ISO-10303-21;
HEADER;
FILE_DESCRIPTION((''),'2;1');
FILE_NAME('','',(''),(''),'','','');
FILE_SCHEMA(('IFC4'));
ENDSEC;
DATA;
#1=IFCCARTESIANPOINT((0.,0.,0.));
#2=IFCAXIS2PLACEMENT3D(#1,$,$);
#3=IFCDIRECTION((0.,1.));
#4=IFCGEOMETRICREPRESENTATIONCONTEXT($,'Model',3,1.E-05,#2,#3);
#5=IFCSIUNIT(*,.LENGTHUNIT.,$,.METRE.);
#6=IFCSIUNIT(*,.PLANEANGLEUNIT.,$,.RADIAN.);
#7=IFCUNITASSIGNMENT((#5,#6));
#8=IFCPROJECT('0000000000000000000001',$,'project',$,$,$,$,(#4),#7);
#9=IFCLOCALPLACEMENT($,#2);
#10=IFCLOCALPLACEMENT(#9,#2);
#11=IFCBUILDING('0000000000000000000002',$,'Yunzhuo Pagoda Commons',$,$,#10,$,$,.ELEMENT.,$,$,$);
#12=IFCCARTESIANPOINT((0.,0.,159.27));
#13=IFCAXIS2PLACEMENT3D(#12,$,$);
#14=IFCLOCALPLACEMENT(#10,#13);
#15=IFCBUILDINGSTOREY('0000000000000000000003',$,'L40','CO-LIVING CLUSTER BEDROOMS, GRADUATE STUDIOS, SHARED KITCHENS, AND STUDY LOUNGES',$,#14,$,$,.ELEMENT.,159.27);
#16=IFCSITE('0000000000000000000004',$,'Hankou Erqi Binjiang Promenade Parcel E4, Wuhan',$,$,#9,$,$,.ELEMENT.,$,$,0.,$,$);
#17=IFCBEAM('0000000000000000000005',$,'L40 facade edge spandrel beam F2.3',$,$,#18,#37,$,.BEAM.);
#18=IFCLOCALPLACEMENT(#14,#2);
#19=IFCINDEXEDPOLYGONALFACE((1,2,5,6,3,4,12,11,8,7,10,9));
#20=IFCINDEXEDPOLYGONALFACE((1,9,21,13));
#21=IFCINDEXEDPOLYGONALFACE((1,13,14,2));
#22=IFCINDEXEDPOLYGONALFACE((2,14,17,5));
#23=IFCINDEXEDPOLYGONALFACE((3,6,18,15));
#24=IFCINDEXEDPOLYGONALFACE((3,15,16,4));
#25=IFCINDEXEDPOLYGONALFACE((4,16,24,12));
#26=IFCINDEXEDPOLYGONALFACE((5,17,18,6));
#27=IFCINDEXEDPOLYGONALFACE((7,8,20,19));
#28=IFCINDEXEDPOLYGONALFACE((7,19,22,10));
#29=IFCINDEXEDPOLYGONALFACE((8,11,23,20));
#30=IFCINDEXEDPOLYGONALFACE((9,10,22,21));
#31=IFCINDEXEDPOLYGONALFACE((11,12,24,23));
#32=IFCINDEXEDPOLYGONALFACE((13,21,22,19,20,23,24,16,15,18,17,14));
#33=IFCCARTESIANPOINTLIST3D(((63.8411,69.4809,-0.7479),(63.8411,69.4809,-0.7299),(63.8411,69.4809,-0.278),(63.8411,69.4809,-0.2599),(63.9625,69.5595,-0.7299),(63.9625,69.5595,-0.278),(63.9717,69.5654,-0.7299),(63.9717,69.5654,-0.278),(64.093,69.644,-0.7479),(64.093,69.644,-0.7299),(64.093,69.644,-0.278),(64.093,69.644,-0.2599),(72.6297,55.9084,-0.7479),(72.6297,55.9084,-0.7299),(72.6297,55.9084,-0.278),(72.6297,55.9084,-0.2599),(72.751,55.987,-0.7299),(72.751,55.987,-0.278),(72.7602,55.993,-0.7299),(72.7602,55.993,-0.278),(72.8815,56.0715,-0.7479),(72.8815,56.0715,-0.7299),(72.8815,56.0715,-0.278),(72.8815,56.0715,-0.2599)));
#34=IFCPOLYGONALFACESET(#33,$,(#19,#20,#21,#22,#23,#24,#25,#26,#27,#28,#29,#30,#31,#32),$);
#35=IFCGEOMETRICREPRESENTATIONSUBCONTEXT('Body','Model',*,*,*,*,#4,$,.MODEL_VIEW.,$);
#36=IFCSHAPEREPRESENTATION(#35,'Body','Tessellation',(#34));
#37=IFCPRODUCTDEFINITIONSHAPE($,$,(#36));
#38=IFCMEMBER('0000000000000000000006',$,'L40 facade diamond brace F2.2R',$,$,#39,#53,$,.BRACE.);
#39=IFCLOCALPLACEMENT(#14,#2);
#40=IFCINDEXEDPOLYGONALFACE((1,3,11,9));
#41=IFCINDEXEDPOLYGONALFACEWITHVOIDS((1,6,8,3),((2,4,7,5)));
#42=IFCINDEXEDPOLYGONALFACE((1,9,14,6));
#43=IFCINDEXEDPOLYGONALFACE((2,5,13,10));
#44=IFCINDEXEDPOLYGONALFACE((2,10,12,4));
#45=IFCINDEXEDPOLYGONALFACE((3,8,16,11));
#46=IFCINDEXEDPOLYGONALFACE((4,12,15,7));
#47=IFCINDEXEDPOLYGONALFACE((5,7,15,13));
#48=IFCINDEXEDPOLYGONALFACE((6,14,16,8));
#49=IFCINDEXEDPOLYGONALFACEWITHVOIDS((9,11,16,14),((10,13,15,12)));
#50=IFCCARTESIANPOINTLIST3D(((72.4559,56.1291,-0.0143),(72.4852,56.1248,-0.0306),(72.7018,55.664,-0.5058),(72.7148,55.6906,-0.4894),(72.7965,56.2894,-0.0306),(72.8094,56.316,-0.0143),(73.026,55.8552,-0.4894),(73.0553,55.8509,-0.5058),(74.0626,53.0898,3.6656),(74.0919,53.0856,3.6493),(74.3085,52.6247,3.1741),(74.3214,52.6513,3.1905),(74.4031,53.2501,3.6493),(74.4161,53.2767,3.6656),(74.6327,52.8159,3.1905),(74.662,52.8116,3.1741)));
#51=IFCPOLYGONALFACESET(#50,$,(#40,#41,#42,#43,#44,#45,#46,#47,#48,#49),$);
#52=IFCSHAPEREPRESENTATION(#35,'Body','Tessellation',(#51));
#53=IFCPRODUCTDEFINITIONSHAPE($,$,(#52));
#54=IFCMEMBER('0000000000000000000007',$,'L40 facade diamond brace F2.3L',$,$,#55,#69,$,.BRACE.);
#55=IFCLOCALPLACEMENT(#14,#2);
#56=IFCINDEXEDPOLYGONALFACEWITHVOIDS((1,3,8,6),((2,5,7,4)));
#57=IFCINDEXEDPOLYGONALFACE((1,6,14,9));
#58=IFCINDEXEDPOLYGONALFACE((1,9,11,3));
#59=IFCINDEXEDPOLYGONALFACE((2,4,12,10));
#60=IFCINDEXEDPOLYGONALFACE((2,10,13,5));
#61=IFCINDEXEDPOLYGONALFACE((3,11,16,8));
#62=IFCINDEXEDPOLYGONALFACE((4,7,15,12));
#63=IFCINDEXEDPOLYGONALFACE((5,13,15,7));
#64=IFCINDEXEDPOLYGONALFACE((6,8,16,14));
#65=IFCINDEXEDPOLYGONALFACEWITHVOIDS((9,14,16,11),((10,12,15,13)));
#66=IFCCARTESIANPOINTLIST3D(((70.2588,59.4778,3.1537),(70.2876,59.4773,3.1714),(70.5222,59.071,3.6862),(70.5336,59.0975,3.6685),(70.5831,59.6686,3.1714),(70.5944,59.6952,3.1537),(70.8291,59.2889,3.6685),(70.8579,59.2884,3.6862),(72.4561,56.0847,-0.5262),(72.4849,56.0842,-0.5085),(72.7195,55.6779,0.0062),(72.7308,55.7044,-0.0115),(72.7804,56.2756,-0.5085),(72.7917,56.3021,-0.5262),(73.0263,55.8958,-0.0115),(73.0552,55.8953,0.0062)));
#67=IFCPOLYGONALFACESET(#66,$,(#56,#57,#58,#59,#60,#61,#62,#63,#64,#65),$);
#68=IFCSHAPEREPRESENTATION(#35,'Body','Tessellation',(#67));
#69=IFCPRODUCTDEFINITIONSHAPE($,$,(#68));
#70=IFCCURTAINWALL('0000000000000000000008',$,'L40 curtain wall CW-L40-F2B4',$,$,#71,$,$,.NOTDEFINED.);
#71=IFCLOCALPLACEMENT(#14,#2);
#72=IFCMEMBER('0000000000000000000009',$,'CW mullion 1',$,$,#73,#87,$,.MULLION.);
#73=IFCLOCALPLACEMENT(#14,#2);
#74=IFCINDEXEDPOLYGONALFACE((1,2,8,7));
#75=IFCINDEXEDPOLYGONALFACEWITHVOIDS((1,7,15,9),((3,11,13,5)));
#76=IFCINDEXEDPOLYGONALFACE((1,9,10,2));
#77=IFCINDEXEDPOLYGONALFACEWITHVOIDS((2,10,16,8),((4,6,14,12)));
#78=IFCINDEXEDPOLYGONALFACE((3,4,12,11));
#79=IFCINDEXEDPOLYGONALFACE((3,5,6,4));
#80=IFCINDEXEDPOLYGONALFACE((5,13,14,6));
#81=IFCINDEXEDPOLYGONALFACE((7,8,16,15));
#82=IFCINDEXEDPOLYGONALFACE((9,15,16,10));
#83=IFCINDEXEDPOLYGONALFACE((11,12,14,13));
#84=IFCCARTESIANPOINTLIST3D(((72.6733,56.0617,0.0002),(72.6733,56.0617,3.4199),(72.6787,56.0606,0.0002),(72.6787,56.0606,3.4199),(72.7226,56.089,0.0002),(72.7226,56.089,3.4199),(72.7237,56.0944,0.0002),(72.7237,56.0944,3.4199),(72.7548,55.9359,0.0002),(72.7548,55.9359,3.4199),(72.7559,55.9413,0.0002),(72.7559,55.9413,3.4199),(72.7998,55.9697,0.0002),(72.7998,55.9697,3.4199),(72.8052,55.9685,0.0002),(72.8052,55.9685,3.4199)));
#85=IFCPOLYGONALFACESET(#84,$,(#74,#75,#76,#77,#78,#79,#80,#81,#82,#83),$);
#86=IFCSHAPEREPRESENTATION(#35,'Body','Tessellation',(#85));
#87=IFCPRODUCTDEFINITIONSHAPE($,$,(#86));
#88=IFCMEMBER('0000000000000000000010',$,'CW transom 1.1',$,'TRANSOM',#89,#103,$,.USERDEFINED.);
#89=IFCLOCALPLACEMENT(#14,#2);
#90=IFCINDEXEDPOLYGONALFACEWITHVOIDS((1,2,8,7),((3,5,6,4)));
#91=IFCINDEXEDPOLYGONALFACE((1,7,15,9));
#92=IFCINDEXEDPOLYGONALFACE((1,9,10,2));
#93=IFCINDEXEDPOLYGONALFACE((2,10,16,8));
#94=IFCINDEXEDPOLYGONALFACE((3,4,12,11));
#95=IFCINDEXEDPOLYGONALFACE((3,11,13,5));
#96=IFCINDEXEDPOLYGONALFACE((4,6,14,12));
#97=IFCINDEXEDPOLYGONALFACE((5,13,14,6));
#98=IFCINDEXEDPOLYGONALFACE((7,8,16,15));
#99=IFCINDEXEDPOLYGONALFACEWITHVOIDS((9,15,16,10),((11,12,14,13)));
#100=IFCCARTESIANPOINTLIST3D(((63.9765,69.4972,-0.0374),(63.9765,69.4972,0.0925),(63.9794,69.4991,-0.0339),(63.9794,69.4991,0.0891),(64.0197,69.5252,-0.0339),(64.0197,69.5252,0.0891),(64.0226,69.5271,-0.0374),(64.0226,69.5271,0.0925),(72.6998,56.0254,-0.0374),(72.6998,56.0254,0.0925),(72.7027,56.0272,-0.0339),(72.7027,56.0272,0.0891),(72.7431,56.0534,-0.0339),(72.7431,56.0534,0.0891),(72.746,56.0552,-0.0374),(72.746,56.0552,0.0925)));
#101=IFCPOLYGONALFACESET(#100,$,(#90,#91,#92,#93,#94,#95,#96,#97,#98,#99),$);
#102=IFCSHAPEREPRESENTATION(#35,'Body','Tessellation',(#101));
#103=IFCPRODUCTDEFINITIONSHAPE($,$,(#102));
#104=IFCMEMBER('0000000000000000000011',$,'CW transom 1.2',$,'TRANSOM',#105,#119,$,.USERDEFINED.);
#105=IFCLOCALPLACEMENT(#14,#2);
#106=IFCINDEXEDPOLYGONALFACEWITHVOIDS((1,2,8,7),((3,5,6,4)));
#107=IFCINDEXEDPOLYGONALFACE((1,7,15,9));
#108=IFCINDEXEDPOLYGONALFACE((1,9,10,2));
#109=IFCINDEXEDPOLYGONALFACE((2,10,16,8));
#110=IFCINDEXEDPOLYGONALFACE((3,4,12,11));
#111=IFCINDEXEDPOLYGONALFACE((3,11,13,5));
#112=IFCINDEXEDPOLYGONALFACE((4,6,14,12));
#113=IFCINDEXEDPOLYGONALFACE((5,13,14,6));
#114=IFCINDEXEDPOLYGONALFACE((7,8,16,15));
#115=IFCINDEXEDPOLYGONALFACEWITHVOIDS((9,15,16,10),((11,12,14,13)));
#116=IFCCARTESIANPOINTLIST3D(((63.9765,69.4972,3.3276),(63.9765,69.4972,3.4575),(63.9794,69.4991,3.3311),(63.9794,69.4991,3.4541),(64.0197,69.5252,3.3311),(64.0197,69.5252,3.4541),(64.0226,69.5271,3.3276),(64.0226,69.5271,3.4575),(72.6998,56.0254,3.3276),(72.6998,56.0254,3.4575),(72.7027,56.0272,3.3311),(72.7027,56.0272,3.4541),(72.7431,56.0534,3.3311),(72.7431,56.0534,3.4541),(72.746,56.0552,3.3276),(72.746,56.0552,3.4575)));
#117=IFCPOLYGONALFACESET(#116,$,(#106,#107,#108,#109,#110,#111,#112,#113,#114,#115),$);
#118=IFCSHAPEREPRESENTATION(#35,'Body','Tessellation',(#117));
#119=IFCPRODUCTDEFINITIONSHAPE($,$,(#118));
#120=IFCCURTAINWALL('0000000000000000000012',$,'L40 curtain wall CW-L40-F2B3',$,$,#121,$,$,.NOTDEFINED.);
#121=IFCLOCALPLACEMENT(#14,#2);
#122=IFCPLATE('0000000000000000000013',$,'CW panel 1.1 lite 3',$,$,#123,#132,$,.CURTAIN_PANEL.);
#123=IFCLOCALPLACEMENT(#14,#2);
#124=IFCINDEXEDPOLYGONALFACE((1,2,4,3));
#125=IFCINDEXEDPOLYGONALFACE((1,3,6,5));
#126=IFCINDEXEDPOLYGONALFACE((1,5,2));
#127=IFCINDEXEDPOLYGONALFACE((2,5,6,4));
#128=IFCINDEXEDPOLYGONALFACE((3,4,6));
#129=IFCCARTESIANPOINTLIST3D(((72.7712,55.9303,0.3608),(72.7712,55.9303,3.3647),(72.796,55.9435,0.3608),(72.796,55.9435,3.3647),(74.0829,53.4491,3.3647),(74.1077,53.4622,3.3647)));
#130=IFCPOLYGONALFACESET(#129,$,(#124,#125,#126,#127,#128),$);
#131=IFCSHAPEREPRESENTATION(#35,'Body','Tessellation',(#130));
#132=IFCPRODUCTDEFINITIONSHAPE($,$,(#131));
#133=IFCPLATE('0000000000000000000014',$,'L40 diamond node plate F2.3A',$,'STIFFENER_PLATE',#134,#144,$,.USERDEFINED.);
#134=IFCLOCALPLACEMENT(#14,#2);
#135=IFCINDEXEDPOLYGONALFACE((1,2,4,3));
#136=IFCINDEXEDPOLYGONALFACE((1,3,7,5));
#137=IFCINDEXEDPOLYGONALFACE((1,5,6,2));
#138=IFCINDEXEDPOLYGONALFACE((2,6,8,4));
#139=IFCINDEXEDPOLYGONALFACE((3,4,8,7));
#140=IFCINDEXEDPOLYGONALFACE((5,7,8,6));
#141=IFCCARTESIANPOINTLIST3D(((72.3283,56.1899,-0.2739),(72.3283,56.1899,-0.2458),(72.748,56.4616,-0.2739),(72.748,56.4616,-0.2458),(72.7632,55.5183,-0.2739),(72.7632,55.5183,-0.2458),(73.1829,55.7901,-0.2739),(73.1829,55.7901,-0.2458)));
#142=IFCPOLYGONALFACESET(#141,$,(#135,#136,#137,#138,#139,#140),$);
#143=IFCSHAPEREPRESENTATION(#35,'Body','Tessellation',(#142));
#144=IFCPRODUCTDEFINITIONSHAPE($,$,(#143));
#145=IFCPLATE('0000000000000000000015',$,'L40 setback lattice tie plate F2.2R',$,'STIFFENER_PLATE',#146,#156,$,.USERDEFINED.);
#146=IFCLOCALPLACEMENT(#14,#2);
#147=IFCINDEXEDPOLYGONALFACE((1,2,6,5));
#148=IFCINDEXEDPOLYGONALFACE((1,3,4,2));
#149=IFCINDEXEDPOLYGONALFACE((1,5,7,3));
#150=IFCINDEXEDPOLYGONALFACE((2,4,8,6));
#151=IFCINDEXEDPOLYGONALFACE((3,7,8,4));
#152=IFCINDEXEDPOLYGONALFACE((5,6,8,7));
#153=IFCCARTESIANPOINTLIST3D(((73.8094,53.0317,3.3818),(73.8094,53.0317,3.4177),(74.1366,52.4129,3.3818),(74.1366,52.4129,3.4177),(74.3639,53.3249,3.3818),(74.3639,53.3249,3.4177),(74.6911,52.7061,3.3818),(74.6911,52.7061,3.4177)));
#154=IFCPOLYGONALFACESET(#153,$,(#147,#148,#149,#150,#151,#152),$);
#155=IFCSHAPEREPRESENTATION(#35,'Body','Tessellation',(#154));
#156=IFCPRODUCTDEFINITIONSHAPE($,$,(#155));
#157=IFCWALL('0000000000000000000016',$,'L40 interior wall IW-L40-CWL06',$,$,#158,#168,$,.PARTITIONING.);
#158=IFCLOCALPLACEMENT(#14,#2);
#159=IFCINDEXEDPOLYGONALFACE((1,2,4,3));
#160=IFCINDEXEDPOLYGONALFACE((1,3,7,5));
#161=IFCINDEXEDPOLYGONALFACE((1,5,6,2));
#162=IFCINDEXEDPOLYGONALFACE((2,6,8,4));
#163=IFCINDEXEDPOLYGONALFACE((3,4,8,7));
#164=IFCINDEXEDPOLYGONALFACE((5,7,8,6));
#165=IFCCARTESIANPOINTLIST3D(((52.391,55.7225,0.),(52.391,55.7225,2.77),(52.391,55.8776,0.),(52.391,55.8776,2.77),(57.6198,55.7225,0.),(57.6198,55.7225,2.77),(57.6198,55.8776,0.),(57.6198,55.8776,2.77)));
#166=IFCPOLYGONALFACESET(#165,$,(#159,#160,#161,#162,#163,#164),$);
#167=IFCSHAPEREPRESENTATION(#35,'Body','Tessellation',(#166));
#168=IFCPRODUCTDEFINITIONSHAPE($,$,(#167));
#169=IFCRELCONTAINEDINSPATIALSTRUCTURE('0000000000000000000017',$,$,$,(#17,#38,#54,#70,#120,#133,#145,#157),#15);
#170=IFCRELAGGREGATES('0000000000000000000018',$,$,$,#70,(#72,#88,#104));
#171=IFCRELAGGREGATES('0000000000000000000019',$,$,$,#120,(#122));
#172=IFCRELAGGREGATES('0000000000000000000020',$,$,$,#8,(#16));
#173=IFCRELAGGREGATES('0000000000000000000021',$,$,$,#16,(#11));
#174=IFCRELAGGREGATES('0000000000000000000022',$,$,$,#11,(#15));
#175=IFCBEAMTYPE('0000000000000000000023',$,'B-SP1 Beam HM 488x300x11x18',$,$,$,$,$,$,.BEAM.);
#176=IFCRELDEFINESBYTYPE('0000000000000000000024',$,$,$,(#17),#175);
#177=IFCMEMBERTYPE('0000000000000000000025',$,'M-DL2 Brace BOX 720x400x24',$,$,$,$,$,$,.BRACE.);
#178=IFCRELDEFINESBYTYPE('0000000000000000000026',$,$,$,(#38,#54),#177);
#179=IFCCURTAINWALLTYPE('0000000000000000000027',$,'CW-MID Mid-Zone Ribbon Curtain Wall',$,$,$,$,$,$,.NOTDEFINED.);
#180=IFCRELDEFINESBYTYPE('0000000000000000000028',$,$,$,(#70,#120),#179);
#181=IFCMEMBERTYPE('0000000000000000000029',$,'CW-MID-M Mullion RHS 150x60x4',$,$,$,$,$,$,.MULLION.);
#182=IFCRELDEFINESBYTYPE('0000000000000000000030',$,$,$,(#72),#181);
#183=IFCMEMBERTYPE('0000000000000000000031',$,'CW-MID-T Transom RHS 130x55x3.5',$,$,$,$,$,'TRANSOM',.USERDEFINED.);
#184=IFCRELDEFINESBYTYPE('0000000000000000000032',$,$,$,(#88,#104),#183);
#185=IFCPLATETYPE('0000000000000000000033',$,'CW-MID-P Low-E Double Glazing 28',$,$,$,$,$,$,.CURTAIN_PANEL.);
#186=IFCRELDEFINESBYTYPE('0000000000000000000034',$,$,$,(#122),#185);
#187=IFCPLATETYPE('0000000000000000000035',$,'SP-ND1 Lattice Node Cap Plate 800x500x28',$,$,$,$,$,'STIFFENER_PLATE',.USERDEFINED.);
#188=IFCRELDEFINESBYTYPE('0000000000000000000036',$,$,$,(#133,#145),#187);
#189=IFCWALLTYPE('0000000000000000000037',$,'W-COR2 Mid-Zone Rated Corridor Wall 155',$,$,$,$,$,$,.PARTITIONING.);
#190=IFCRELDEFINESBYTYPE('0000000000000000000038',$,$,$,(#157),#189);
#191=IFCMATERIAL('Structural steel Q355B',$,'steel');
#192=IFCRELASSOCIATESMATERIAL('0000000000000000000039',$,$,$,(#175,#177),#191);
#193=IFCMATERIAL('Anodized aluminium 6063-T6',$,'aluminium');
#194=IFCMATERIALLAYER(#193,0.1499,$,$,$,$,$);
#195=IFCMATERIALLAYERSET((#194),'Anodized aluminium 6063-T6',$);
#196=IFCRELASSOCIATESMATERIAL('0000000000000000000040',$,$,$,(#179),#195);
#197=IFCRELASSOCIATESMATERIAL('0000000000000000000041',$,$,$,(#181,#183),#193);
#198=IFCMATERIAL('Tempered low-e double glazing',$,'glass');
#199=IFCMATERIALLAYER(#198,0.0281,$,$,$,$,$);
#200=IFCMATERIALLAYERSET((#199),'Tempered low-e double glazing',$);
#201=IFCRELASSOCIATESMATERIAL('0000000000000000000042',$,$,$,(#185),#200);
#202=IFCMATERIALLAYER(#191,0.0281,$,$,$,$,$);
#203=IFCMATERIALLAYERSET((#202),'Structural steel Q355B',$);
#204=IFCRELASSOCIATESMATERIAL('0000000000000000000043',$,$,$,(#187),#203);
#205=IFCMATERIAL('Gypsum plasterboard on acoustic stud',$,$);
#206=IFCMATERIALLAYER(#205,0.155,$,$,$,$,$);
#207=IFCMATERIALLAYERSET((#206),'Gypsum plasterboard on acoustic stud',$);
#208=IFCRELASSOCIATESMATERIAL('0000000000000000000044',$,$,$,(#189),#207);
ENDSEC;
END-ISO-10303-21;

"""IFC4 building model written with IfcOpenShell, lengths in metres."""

from ifc_helpers import new_model, si_unit, direction, frame, frame_2d, origin, origin_2d, place, context, subcontext, project, spatial, polyline, rectangle, hollow_rectangle, i_section, outline, extrude, source, transform, mapped, material, layer, layer_set, material_profile, profile_set, type_object, element, aggregate, save


model = new_model("IFC4")

# Units and contexts
model_context = context("Model", 3, precision=1e-05, world=origin(), true_north=direction((0.0, 1.0)))
body_context = subcontext(model_context, "Body", "Model", "MODEL_VIEW")
ifc_project = project(units=[si_unit("LENGTHUNIT", "METRE"), si_unit("PLANEANGLEUNIT", "RADIAN")], contexts=[model_context])

# Site, building, storey
site_placement = place(None, origin())
site = spatial("IfcSite", under=ifc_project, at=site_placement, Name="Hankou Erqi Binjiang Promenade Parcel E4, Wuhan", CompositionType="ELEMENT", RefElevation=0.0)
building_placement = place(site_placement, origin())
building = spatial("IfcBuilding", under=site, at=building_placement, Name="Yunzhuo Pagoda Commons", CompositionType="ELEMENT")
storey_placement = place(building_placement, frame((0.0, 0.0, 159.27)))
storey = spatial("IfcBuildingStorey", under=building, at=storey_placement, Name="L40", Description="CO-LIVING CLUSTER BEDROOMS, GRADUATE STUDIOS, SHARED KITCHENS, AND STUDY LOUNGES", CompositionType="ELEMENT", Elevation=159.27)

# Beam
ifc_material_1 = material(Name="Structural steel Q355B", Category="steel")
ifc_material_profile_1 = material_profile(ifc_material_1, i_section(OverallWidth=0.3, OverallDepth=0.488, WebThickness=0.011, FlangeThickness=0.0181, at=origin_2d()), Name="Structural steel Q355B")
ifc_profile_set_1 = profile_set([ifc_material_profile_1], Name="Structural steel Q355B")
beam_type_1 = type_object("IfcBeamType", Name="B-SP1 Beam HM 488x300x11x18", PredefinedType="BEAM", material=ifc_profile_set_1)
shared_shape_1 = source(origin(), body_context, "Body", "SweptSolid", [
    extrude(i_section(OverallWidth=0.3, OverallDepth=0.488, WebThickness=0.011, FlangeThickness=0.0181, at=origin_2d()), origin(), (0.0, 0.0, 1.0), 16.1694),
])
beam_1_placement = place(storey_placement, frame((72.7556, 55.99, -0.5039), z_axis=(-0.543529, 0.839391, 0.0), x_axis=(-0.839391, -0.543529, 0.0)))
element("IfcBeam", 1, at=beam_1_placement, inside=storey, type_object=beam_type_1, Name="L40 facade edge spandrel beam F2.3", PredefinedType="BEAM", context=body_context, shape_type="MappedRepresentation", body=[
    mapped(shared_shape_1, transform((0.0, 0.0, 0.0), scale=1.0)),
])

# Members
ifc_material_profile_2 = material_profile(ifc_material_1, hollow_rectangle(XDim=0.3999, YDim=0.72, WallThickness=0.0239, at=origin_2d()), Name="Structural steel Q355B")
ifc_profile_set_2 = profile_set([ifc_material_profile_2], Name="Structural steel Q355B")
member_type_1 = type_object("IfcMemberType", Name="M-DL2 Brace BOX 720x400x24", PredefinedType="BRACE", material=ifc_profile_set_2)
shared_shape_2 = source(origin(), body_context, "Body", "SweptSolid", [
    extrude(hollow_rectangle(XDim=0.3999, YDim=0.72, WallThickness=0.0239, at=origin_2d()), origin(), (0.0, 0.0, 1.0), 5.0359),
])
member_1_placement = place(storey_placement, frame((72.7556, 55.99, -0.26), z_axis=(0.319044, -0.603523, 0.730733), x_axis=(0.884071, 0.467353, 0.0)))
element("IfcMember", 2, at=member_1_placement, inside=storey, type_object=member_type_1, Name="L40 facade diamond brace F2.2R", PredefinedType="BRACE", context=body_context, shape_type="MappedRepresentation", body=[
    mapped(shared_shape_2, transform((0.0, 0.0, 0.0), scale=1.0)),
])
shared_shape_3 = source(origin(), body_context, "Body", "SweptSolid", [
    extrude(hollow_rectangle(XDim=0.3999, YDim=0.72, WallThickness=0.0239, at=origin_2d()), origin(), (0.0, 0.0, 1.0), 5.4666),
])
member_2_placement = place(storey_placement, frame((72.7556, 55.99, -0.26), z_axis=(-0.40195, 0.6207, 0.673177), x_axis=(-0.839372, -0.543557, 0.0)))
element("IfcMember", 3, at=member_2_placement, inside=storey, type_object=member_type_1, Name="L40 facade diamond brace F2.3L", PredefinedType="BRACE", context=body_context, shape_type="MappedRepresentation", body=[
    mapped(shared_shape_3, transform((0.0, 0.0, 0.0), scale=1.0)),
])

# Curtain wall, members
ifc_material_2 = material(Name="Anodized aluminium 6063-T6", Category="aluminium")
ifc_layer_1 = layer(ifc_material_2, 0.1499)
ifc_layer_set_1 = layer_set([ifc_layer_1], Name="Anodized aluminium 6063-T6")
curtain_wall_type = type_object("IfcCurtainWallType", Name="CW-MID Mid-Zone Ribbon Curtain Wall", PredefinedType="NOTDEFINED", material=ifc_layer_set_1)
curtain_wall_1_placement = place(storey_placement, origin())
curtain_wall_1 = element("IfcCurtainWall", 4, at=curtain_wall_1_placement, inside=storey, type_object=curtain_wall_type, Name="L40 curtain wall CW-L40-F2B4", PredefinedType="NOTDEFINED")
ifc_material_profile_3 = material_profile(ifc_material_2, hollow_rectangle(XDim=0.0601, YDim=0.1499, WallThickness=0.0039, at=origin_2d()), Name="Anodized aluminium 6063-T6")
ifc_profile_set_3 = profile_set([ifc_material_profile_3], Name="Anodized aluminium 6063-T6")
member_type_2 = type_object("IfcMemberType", Name="CW-MID-M Mullion RHS 150x60x4", PredefinedType="MULLION", material=ifc_profile_set_3)
shared_shape_4 = source(origin(), body_context, "Body", "SweptSolid", [
    extrude(hollow_rectangle(XDim=0.0601, YDim=0.1499, WallThickness=0.0039, at=origin_2d()), origin(), (0.0, 0.0, 1.0), 3.4197),
])
member_3_placement = place(storey_placement, frame((72.7393, 56.0151, 0.0002), z_axis=(0.0, 0.0, 1.0), x_axis=(-0.839393, -0.543526, 0.0)))
member_3 = element("IfcMember", 5, at=member_3_placement, type_object=member_type_2, Name="CW mullion 1", PredefinedType="MULLION", context=body_context, shape_type="MappedRepresentation", body=[
    mapped(shared_shape_4, transform((0.0, 0.0, 0.0), scale=1.0)),
])
ifc_material_profile_4 = material_profile(ifc_material_2, hollow_rectangle(XDim=0.0549, YDim=0.1299, WallThickness=0.0034, at=origin_2d()), Name="Anodized aluminium 6063-T6")
ifc_profile_set_4 = profile_set([ifc_material_profile_4], Name="Anodized aluminium 6063-T6")
member_type_3 = type_object("IfcMemberType", Name="CW-MID-T Transom RHS 130x55x3.5", ElementType="TRANSOM", PredefinedType="USERDEFINED", material=ifc_profile_set_4)
shared_shape_5 = source(origin(), body_context, "Body", "SweptSolid", [
    extrude(hollow_rectangle(XDim=0.0549, YDim=0.1299, WallThickness=0.0034, at=origin_2d()), origin(), (0.0, 0.0, 1.0), 16.0496),
])
member_4_placement = place(storey_placement, frame((72.7229, 56.0403, 0.0276), z_axis=(-0.543526, 0.839392, 0.0), x_axis=(-0.839392, -0.543526, 0.0)))
member_4 = element("IfcMember", 6, at=member_4_placement, type_object=member_type_3, Name="CW transom 1.1", ObjectType="TRANSOM", PredefinedType="USERDEFINED", context=body_context, shape_type="MappedRepresentation", body=[
    mapped(shared_shape_5, transform((0.0, 0.0, 0.0), scale=1.0)),
])
member_5_placement = place(storey_placement, frame((72.7229, 56.0403, 3.3926), z_axis=(-0.543526, 0.839392, 0.0), x_axis=(-0.839392, -0.543526, 0.0)))
member_5 = element("IfcMember", 7, at=member_5_placement, type_object=member_type_3, Name="CW transom 1.2", ObjectType="TRANSOM", PredefinedType="USERDEFINED", context=body_context, shape_type="MappedRepresentation", body=[
    mapped(shared_shape_5, transform((0.0, 0.0, 0.0), scale=1.0)),
])
aggregate(curtain_wall_1, [member_3, member_4, member_5])

# Curtain wall, plate
curtain_wall_2_placement = place(storey_placement, origin())
curtain_wall_2 = element("IfcCurtainWall", 8, at=curtain_wall_2_placement, inside=storey, type_object=curtain_wall_type, Name="L40 curtain wall CW-L40-F2B3", PredefinedType="NOTDEFINED")
ifc_material_3 = material(Name="Tempered low-e double glazing", Category="glass")
ifc_layer_2 = layer(ifc_material_3, 0.0281)
ifc_layer_set_2 = layer_set([ifc_layer_2], Name="Tempered low-e double glazing")
plate_type_1 = type_object("IfcPlateType", Name="CW-MID-P Low-E Double Glazing 28", PredefinedType="CURTAIN_PANEL", material=ifc_layer_set_2)
plate_1_placement = place(storey_placement, frame((73.427, 54.6897, 1.8628), z_axis=(0.884069, 0.467357, 0.0), x_axis=(-0.467357, 0.884069, 0.0)))
plate_1 = element("IfcPlate", 9, at=plate_1_placement, type_object=plate_type_1, Name="CW panel 1.1 lite 3", PredefinedType="CURTAIN_PANEL", context=body_context, shape_type="SweptSolid", body=[
    extrude(outline(polyline([(-1.4033, 1.502), (1.4033, -1.502), (1.4033, 1.502), (-1.4033, 1.502)])), origin(), (0.0, 0.0, 1.0), 0.0281),
])
aggregate(curtain_wall_2, [plate_1])

# Plates
ifc_layer_3 = layer(ifc_material_1, 0.0281)
ifc_layer_set_3 = layer_set([ifc_layer_3], Name="Structural steel Q355B")
plate_type_2 = type_object("IfcPlateType", Name="SP-ND1 Lattice Node Cap Plate 800x500x28", ElementType="STIFFENER_PLATE", PredefinedType="USERDEFINED", material=ifc_layer_set_3)
shared_shape_6 = source(origin(), body_context, "Body", "SweptSolid", [
    extrude(rectangle(XDim=0.8, YDim=0.5, at=origin_2d()), origin(), (0.0, 0.0, 1.0), 0.0281),
])
plate_2_placement = place(storey_placement, frame((72.7556, 55.99, -0.2739), z_axis=(0.0, 0.0, 1.0), x_axis=(-0.543526, 0.839392, 0.0)))
element("IfcPlate", 10, at=plate_2_placement, inside=storey, type_object=plate_type_2, Name="L40 diamond node plate F2.3A", ObjectType="STIFFENER_PLATE", PredefinedType="USERDEFINED", context=body_context, shape_type="MappedRepresentation", body=[
    mapped(shared_shape_6, transform((0.0, 0.0, 0.0), scale=1.0)),
])
shared_shape_7 = source(origin(), body_context, "Body", "SweptSolid", [
    extrude(rectangle(XDim=0.7, YDim=0.6272, at=origin_2d()), origin(), (0.0, 0.0, 1.0), 0.0359),
])
plate_3_placement = place(storey_placement, frame((74.2502, 52.8689, 3.3818), z_axis=(0.0, 0.0, 1.0), x_axis=(-0.467359, 0.884068, 0.0)))
element("IfcPlate", 11, at=plate_3_placement, inside=storey, type_object=plate_type_2, Name="L40 setback lattice tie plate F2.2R", ObjectType="STIFFENER_PLATE", PredefinedType="USERDEFINED", context=body_context, shape_type="MappedRepresentation", body=[
    mapped(shared_shape_7, transform((0.0, 0.0, 0.0), scale=1.0)),
])

# Wall
ifc_material_4 = material(Name="Gypsum plasterboard on acoustic stud")
ifc_layer_4 = layer(ifc_material_4, 0.155)
ifc_layer_set_4 = layer_set([ifc_layer_4], Name="Gypsum plasterboard on acoustic stud")
wall_type_1 = type_object("IfcWallType", Name="W-COR2 Mid-Zone Rated Corridor Wall 155", PredefinedType="PARTITIONING", material=ifc_layer_set_4)
wall_1_placement = place(storey_placement, frame((52.3911, 55.8, 0.0), z_axis=(0.0, 0.0, 1.0), x_axis=(1.0, 0.0, 0.0)))
element("IfcWall", 12, at=wall_1_placement, inside=storey, type_object=wall_type_1, Name="L40 interior wall IW-L40-CWL06", PredefinedType="PARTITIONING", context=body_context, shape_type="SweptSolid", body=[
    extrude(rectangle(XDim=5.2288, YDim=0.155, at=frame_2d((2.6143, 0.0))), origin(), (0.0, 0.0, 1.0), 2.77),
])

save(model, "model.ifc")
